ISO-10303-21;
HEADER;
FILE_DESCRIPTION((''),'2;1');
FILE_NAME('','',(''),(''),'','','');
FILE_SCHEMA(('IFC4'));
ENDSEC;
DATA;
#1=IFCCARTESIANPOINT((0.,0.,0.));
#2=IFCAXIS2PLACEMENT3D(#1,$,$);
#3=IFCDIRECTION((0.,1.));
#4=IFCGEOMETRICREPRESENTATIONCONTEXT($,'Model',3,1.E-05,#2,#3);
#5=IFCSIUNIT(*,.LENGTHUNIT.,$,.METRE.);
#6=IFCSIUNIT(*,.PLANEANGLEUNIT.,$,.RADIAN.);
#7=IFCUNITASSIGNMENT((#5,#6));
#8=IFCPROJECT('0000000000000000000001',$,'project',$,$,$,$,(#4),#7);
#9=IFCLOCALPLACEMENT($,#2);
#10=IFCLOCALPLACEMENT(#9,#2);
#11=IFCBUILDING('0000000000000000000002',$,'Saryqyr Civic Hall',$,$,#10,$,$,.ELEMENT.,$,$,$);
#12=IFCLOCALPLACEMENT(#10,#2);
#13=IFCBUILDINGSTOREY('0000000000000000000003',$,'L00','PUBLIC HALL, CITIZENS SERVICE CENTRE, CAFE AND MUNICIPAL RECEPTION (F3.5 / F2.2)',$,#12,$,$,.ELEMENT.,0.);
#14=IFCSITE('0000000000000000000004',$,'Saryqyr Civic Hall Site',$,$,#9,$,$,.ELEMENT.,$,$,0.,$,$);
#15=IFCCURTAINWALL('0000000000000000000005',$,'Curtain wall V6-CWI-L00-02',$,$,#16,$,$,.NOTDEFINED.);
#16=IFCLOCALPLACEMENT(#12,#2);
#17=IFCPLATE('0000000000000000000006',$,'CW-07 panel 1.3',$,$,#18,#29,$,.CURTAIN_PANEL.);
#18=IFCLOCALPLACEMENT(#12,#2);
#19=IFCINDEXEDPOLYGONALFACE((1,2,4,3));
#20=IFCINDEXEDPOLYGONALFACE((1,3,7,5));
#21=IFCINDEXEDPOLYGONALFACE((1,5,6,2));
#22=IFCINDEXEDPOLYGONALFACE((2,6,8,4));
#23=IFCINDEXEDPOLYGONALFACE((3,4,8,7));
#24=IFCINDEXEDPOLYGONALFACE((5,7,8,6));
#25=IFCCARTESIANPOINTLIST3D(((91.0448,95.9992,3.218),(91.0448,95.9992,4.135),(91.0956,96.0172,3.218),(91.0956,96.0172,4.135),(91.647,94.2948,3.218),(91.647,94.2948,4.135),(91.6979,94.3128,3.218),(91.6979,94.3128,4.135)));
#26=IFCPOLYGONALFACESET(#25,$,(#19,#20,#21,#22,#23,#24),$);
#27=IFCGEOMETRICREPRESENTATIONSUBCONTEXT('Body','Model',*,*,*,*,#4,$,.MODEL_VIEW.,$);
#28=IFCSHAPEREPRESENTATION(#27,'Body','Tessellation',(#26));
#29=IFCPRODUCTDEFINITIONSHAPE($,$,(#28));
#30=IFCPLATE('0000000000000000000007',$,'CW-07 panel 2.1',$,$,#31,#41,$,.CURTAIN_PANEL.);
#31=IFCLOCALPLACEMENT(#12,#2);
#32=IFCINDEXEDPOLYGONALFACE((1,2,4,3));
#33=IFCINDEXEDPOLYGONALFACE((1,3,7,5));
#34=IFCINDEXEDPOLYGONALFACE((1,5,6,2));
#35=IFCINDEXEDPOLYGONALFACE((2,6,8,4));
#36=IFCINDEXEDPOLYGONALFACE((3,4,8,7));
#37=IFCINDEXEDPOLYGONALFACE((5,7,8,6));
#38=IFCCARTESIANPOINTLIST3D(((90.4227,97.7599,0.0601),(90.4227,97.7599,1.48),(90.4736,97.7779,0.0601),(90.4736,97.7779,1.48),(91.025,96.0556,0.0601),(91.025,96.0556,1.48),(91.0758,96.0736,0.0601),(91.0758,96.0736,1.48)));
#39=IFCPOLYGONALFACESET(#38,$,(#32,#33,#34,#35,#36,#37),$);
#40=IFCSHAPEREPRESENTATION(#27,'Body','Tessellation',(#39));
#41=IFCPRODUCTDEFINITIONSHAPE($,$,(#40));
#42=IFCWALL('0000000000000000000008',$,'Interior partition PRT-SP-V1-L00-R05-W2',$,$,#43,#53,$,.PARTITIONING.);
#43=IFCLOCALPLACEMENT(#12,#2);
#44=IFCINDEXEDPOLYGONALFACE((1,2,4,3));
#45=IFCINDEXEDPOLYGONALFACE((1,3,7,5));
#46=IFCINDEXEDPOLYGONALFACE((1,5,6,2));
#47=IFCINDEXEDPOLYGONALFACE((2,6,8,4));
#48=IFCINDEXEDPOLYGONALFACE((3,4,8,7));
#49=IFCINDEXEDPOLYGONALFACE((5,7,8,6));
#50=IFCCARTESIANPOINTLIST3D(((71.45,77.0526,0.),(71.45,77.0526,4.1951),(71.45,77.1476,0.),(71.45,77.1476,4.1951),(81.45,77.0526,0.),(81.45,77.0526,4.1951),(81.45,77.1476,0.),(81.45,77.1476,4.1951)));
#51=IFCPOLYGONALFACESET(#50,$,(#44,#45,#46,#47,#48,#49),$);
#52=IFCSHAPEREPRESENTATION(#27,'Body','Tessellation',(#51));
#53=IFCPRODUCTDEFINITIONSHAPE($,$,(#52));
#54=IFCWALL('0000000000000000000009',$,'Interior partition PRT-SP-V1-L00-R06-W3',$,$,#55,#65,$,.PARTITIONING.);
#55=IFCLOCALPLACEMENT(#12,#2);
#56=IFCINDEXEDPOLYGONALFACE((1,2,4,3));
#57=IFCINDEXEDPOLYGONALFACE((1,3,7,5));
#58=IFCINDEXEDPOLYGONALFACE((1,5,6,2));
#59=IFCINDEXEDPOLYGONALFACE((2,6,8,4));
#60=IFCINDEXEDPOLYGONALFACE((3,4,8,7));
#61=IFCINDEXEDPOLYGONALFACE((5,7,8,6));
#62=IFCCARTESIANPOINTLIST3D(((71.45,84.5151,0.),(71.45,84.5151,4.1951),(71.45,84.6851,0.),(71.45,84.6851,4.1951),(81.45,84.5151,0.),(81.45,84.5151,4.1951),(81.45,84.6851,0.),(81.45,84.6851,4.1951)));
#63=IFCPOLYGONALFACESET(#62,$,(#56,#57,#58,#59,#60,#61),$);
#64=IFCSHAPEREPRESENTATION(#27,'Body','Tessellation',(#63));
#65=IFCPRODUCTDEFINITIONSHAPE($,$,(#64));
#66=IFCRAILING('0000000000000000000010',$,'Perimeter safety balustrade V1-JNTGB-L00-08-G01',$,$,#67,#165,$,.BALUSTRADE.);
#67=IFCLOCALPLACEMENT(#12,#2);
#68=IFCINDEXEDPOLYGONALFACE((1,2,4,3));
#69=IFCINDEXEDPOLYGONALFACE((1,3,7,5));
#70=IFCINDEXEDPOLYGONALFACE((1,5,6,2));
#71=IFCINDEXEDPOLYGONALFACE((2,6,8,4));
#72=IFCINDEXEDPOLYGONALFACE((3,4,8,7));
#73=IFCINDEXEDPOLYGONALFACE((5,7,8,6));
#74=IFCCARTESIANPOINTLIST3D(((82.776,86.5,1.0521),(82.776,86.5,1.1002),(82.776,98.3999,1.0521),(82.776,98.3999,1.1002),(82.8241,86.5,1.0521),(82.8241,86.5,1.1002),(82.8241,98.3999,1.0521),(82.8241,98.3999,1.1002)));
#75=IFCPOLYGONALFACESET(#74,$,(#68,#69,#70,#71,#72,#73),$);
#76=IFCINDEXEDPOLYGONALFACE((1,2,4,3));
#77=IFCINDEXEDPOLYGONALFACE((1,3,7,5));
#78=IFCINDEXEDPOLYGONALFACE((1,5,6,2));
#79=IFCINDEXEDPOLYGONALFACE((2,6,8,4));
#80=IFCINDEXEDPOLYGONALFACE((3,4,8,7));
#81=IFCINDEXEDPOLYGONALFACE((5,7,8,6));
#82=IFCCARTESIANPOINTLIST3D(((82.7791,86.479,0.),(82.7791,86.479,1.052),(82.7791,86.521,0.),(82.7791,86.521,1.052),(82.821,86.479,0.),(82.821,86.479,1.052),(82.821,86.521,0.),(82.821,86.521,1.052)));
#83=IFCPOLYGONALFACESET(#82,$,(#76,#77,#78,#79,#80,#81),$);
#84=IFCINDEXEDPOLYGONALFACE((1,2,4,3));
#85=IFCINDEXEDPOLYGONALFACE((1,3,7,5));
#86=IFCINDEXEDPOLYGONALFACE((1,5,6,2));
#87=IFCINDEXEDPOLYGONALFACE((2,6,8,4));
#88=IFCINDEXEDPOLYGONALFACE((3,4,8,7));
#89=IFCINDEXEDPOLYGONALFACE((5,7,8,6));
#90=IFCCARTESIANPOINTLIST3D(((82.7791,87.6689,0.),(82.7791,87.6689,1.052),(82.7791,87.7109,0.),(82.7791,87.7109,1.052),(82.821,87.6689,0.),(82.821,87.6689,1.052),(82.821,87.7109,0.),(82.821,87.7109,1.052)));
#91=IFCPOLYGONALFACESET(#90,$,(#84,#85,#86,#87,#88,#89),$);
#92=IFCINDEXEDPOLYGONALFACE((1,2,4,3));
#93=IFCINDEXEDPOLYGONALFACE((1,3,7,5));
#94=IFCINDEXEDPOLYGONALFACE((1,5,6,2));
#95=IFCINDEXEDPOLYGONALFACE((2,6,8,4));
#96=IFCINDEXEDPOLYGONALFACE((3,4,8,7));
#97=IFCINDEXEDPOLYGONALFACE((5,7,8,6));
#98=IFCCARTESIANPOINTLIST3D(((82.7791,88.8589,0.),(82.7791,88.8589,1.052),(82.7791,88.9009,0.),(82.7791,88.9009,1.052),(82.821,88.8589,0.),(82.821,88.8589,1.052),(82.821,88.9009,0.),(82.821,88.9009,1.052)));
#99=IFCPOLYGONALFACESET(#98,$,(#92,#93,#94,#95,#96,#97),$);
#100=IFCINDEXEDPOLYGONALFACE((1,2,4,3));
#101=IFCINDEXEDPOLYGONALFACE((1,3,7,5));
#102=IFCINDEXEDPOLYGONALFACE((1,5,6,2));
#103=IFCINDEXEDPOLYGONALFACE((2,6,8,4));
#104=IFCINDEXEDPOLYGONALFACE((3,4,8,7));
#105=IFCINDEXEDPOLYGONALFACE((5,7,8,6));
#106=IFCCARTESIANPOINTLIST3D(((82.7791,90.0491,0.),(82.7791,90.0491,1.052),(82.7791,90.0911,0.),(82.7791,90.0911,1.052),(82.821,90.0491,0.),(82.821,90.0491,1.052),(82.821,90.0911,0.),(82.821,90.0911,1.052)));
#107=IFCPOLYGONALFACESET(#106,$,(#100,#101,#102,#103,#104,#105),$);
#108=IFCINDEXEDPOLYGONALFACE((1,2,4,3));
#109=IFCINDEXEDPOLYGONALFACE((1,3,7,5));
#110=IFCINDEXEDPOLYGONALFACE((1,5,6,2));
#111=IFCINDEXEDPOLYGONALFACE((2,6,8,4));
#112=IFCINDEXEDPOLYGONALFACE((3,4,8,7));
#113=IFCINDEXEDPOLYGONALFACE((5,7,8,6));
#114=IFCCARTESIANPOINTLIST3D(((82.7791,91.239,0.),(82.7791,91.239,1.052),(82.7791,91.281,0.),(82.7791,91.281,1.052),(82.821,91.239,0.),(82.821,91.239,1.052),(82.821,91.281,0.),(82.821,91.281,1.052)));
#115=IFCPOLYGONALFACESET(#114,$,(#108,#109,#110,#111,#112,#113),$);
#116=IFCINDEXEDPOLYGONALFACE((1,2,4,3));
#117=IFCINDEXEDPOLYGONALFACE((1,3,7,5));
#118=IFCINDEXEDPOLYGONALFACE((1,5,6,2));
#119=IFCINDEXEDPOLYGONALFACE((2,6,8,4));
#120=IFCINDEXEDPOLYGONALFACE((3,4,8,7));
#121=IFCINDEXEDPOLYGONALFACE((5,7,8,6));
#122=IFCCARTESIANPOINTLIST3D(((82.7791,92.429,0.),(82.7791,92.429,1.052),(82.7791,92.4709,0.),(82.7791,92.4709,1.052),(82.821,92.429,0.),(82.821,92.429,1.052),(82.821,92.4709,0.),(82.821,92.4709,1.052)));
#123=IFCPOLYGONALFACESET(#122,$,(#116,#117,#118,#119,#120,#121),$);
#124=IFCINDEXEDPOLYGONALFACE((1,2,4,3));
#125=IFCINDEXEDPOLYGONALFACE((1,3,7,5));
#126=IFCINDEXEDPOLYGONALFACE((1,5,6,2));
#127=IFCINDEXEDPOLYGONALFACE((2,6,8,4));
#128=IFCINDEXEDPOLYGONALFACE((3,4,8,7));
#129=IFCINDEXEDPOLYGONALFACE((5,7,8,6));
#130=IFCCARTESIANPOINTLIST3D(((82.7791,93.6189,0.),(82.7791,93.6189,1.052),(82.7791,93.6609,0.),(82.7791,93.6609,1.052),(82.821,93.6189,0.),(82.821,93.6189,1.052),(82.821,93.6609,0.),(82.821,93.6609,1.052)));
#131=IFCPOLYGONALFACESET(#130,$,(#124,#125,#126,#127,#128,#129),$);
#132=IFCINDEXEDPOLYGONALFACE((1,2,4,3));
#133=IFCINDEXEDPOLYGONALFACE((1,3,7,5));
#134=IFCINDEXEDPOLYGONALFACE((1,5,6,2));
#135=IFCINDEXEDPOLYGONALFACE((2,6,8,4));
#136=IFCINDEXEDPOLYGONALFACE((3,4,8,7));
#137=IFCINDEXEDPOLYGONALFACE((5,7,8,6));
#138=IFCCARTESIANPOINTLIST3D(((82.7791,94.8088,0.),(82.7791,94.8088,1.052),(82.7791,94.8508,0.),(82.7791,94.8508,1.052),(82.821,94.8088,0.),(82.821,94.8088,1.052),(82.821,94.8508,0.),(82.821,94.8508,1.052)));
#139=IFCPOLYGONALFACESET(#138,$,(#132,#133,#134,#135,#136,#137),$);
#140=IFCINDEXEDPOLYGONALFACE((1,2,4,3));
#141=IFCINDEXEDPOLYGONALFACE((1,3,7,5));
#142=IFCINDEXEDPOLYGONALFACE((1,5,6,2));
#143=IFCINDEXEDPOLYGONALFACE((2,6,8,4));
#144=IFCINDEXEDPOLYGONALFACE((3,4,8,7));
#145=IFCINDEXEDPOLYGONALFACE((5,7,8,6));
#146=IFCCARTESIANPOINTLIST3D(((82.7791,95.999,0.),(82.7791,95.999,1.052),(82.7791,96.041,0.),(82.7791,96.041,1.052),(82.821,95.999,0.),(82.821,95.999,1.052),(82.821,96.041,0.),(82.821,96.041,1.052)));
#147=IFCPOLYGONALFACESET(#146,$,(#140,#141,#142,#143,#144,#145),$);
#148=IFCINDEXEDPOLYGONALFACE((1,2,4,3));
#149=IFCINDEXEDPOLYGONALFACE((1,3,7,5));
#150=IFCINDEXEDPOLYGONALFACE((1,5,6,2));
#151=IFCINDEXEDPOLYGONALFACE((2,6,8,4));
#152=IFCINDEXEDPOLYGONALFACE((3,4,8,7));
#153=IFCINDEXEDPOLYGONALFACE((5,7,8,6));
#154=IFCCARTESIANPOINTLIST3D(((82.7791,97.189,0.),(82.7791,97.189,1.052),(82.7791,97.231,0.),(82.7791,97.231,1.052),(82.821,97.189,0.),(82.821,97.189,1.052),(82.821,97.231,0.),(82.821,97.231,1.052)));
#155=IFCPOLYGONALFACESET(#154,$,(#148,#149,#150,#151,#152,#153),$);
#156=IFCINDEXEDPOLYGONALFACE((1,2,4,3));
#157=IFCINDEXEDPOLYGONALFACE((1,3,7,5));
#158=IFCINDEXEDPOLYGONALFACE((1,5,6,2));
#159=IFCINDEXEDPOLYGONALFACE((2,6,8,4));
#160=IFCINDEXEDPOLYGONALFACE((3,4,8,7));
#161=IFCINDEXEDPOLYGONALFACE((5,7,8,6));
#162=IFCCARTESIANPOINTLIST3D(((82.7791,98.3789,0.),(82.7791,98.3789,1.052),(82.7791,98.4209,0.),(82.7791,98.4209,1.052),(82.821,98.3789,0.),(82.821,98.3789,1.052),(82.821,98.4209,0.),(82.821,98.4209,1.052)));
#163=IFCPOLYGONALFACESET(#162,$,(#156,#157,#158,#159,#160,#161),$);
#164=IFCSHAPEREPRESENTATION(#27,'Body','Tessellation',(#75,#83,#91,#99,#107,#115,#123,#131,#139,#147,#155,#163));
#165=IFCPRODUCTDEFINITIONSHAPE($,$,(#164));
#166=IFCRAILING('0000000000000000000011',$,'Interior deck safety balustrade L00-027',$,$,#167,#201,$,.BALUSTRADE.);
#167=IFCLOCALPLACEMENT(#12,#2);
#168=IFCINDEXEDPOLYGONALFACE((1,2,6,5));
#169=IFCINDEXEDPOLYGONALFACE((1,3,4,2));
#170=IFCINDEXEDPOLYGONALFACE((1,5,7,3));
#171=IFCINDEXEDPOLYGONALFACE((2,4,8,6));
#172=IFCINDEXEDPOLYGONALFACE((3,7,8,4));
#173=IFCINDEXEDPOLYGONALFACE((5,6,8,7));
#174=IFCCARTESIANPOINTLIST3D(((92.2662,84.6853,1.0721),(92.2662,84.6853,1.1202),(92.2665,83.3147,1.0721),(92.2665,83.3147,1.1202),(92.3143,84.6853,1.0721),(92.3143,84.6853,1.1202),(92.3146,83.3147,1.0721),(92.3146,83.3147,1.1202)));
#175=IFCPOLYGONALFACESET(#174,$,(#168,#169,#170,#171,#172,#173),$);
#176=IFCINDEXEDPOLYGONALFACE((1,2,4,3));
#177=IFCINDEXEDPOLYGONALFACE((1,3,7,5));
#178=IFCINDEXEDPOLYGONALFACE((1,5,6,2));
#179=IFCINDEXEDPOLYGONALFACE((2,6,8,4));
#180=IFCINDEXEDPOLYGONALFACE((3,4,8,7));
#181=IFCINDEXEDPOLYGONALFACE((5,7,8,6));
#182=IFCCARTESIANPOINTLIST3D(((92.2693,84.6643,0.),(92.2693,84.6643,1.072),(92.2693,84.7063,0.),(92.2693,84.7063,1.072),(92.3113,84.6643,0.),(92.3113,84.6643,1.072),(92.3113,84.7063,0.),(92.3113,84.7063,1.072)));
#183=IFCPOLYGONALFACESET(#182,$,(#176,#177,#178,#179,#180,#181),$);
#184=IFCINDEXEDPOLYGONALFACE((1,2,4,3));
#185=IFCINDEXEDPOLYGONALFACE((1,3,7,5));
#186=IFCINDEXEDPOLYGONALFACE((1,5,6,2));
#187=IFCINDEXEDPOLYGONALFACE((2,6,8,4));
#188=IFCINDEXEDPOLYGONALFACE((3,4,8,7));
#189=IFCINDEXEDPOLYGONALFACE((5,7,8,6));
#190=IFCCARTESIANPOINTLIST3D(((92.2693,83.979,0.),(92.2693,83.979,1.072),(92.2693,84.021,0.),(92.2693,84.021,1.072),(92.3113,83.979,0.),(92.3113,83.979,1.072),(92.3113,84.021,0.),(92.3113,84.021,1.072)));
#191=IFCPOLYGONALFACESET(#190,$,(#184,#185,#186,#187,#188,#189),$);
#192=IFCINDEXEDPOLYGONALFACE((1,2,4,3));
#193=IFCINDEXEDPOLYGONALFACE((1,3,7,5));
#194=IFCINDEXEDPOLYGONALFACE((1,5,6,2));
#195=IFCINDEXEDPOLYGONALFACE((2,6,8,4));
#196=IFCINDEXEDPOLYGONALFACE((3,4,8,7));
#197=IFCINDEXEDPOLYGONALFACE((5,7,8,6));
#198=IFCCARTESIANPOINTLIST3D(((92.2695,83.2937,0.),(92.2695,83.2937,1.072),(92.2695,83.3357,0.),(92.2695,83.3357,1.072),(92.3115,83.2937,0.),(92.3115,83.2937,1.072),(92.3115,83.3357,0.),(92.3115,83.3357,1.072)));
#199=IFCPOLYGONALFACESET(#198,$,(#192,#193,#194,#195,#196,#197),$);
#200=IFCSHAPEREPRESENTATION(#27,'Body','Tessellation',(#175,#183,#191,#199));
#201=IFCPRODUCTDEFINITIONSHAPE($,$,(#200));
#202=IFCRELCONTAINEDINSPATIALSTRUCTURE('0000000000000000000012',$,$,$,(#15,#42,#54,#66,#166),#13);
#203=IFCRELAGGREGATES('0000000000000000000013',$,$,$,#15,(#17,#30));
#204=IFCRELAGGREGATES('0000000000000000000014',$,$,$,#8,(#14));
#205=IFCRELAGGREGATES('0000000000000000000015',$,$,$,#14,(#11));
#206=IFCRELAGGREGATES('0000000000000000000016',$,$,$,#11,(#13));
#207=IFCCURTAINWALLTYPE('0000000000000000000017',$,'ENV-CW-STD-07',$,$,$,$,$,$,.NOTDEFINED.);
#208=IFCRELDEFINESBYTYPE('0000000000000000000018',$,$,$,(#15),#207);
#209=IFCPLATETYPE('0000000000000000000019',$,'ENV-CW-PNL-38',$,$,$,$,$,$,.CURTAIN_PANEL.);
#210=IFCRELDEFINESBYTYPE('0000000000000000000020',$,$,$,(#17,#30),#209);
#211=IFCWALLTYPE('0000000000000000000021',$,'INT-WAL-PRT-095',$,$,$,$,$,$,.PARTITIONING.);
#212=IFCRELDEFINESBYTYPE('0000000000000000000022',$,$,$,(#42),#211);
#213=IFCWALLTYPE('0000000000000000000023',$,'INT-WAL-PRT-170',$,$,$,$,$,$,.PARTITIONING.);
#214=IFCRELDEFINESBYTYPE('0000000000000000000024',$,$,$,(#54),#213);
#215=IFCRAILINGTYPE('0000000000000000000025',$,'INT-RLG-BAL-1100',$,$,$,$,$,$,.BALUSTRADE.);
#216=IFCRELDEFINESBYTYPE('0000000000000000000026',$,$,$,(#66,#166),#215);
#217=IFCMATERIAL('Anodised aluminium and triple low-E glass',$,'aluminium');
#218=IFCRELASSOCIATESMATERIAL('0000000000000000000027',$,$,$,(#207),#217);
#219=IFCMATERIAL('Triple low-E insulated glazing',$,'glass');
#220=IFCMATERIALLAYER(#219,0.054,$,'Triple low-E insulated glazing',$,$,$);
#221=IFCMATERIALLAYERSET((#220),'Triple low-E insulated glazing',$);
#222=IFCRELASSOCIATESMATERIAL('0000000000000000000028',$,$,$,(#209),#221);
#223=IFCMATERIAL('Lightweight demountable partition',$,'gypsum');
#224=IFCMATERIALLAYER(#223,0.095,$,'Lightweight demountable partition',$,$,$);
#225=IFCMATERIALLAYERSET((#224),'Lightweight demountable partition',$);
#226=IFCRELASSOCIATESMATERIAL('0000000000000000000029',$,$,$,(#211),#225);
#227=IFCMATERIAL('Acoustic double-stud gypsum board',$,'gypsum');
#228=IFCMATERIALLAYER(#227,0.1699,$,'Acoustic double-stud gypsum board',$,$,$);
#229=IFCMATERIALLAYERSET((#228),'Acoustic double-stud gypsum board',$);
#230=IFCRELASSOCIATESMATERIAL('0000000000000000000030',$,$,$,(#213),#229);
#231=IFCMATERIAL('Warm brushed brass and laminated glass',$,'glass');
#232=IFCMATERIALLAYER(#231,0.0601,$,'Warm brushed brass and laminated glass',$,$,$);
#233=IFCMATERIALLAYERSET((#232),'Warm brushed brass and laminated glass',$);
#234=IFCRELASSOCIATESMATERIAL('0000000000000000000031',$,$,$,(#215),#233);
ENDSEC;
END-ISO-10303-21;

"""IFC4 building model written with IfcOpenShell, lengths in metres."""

from ifc_helpers import new_model, si_unit, direction, frame, frame_2d, origin, origin_2d, place, context, subcontext, project, spatial, rectangle, extrude, material, layer, layer_set, type_object, element, aggregate, save


model = new_model("IFC4")

# Units and contexts
model_context = context("Model", 3, precision=1e-05, world=origin(), true_north=direction((0.0, 1.0)))
body_context = subcontext(model_context, "Body", "Model", "MODEL_VIEW")
ifc_project = project(units=[si_unit("LENGTHUNIT", "METRE"), si_unit("PLANEANGLEUNIT", "RADIAN")], contexts=[model_context])

# Site, building, storey
site_placement = place(None, origin())
site = spatial("IfcSite", under=ifc_project, at=site_placement, Name="Saryqyr Civic Hall Site", CompositionType="ELEMENT", RefElevation=0.0)
building_placement = place(site_placement, origin())
building = spatial("IfcBuilding", under=site, at=building_placement, Name="Saryqyr Civic Hall", CompositionType="ELEMENT")
storey_placement = place(building_placement, origin())
storey = spatial("IfcBuildingStorey", under=building, at=storey_placement, Name="L00", Description="PUBLIC HALL, CITIZENS SERVICE CENTRE, CAFE AND MUNICIPAL RECEPTION (F3.5 / F2.2)", CompositionType="ELEMENT", Elevation=0.0)

# Curtain wall
ifc_material_1 = material(Name="Anodised aluminium and triple low-E glass", Category="aluminium")
curtain_wall_type = type_object("IfcCurtainWallType", Name="ENV-CW-STD-07", PredefinedType="NOTDEFINED", material=ifc_material_1)
curtain_wall_1_placement = place(storey_placement, origin())
curtain_wall_1 = element("IfcCurtainWall", 1, at=curtain_wall_1_placement, inside=storey, type_object=curtain_wall_type, Name="Curtain wall V6-CWI-L00-02", PredefinedType="NOTDEFINED")

# Plates
ifc_material_2 = material(Name="Triple low-E insulated glazing", Category="glass")
ifc_layer_1 = layer(ifc_material_2, 0.054, Name="Triple low-E insulated glazing")
ifc_layer_set_1 = layer_set([ifc_layer_1], Name="Triple low-E insulated glazing")
plate_type = type_object("IfcPlateType", Name="ENV-CW-PNL-38", PredefinedType="CURTAIN_PANEL", material=ifc_layer_set_1)
plate_1_placement = place(storey_placement, frame((91.3713, 95.156, 3.218), z_axis=(0.0, 0.0, 1.0), x_axis=(-0.333173, 0.942866, 0.0)))
plate_1 = element("IfcPlate", 2, at=plate_1_placement, type_object=plate_type, Name="CW-07 panel 1.3", PredefinedType="CURTAIN_PANEL", context=body_context, shape_type="SweptSolid", body=[
    extrude(rectangle(XDim=1.8076, YDim=0.054, at=origin_2d()), origin(), (0.0, 0.0, 1.0), 0.917),
])
plate_2_placement = place(storey_placement, frame((90.7493, 96.9167, 0.0601), z_axis=(0.0, 0.0, 1.0), x_axis=(-0.333173, 0.942866, 0.0)))
plate_2 = element("IfcPlate", 3, at=plate_2_placement, type_object=plate_type, Name="CW-07 panel 2.1", PredefinedType="CURTAIN_PANEL", context=body_context, shape_type="SweptSolid", body=[
    extrude(rectangle(XDim=1.8076, YDim=0.054, at=origin_2d()), origin(), (0.0, 0.0, 1.0), 1.4199),
])
aggregate(curtain_wall_1, [plate_1, plate_2])

# Walls
ifc_material_3 = material(Name="Lightweight demountable partition", Category="gypsum")
ifc_layer_2 = layer(ifc_material_3, 0.095, Name="Lightweight demountable partition")
ifc_layer_set_2 = layer_set([ifc_layer_2], Name="Lightweight demountable partition")
wall_type_1 = type_object("IfcWallType", Name="INT-WAL-PRT-095", PredefinedType="PARTITIONING", material=ifc_layer_set_2)
wall_1_placement = place(storey_placement, frame((81.45, 77.1001, 0.0), z_axis=(0.0, 0.0, 1.0), x_axis=(-1.0, 0.0, 0.0)))
element("IfcWall", 4, at=wall_1_placement, inside=storey, type_object=wall_type_1, Name="Interior partition PRT-SP-V1-L00-R05-W2", PredefinedType="PARTITIONING", context=body_context, shape_type="SweptSolid", body=[
    extrude(rectangle(XDim=10.0, YDim=0.095, at=frame_2d((5.0, 0.0))), origin(), (0.0, 0.0, 1.0), 4.1951),
])
ifc_material_4 = material(Name="Acoustic double-stud gypsum board", Category="gypsum")
ifc_layer_3 = layer(ifc_material_4, 0.1699, Name="Acoustic double-stud gypsum board")
ifc_layer_set_3 = layer_set([ifc_layer_3], Name="Acoustic double-stud gypsum board")
wall_type_2 = type_object("IfcWallType", Name="INT-WAL-PRT-170", PredefinedType="PARTITIONING", material=ifc_layer_set_3)
wall_2_placement = place(storey_placement, frame((81.45, 84.6001, 0.0), z_axis=(0.0, 0.0, 1.0), x_axis=(-1.0, 0.0, 0.0)))
element("IfcWall", 5, at=wall_2_placement, inside=storey, type_object=wall_type_2, Name="Interior partition PRT-SP-V1-L00-R06-W3", PredefinedType="PARTITIONING", context=body_context, shape_type="SweptSolid", body=[
    extrude(rectangle(XDim=10.0, YDim=0.1699, at=frame_2d((5.0, 0.0))), origin(), (0.0, 0.0, 1.0), 4.1951),
])

# Railings
ifc_material_5 = material(Name="Warm brushed brass and laminated glass", Category="glass")
ifc_layer_4 = layer(ifc_material_5, 0.0601, Name="Warm brushed brass and laminated glass")
ifc_layer_set_4 = layer_set([ifc_layer_4], Name="Warm brushed brass and laminated glass")
railing_type = type_object("IfcRailingType", Name="INT-RLG-BAL-1100", PredefinedType="BALUSTRADE", material=ifc_layer_set_4)
railing_1_placement = place(storey_placement, frame((82.8, 86.5, 0.0)))
element("IfcRailing", 6, at=railing_1_placement, inside=storey, type_object=railing_type, Name="Perimeter safety balustrade V1-JNTGB-L00-08-G01", PredefinedType="BALUSTRADE", context=body_context, shape_type="SweptSolid", body=[
    extrude(rectangle(XDim=0.0481, YDim=0.0481, at=origin_2d()), frame((0.0, 0.0, 1.0762), z_axis=(0.0, 1.0, 0.0), x_axis=(-1.0, 0.0, 0.0)), (0.0, 0.0, 1.0), 11.8999),
    extrude(rectangle(XDim=0.042, YDim=0.042, at=origin_2d()), origin(), (0.0, 0.0, 1.0), 1.052),
    extrude(rectangle(XDim=0.042, YDim=0.042, at=origin_2d()), frame((0.0, 1.1899, 0.0)), (0.0, 0.0, 1.0), 1.052),
    extrude(rectangle(XDim=0.042, YDim=0.042, at=origin_2d()), frame((0.0, 2.3799, 0.0)), (0.0, 0.0, 1.0), 1.052),
    extrude(rectangle(XDim=0.042, YDim=0.042, at=origin_2d()), frame((0.0, 3.5701, 0.0)), (0.0, 0.0, 1.0), 1.052),
    extrude(rectangle(XDim=0.042, YDim=0.042, at=origin_2d()), frame((0.0, 4.76, 0.0)), (0.0, 0.0, 1.0), 1.052),
    extrude(rectangle(XDim=0.042, YDim=0.042, at=origin_2d()), frame((0.0, 5.95, 0.0)), (0.0, 0.0, 1.0), 1.052),
    extrude(rectangle(XDim=0.042, YDim=0.042, at=origin_2d()), frame((0.0, 7.1399, 0.0)), (0.0, 0.0, 1.0), 1.052),
    extrude(rectangle(XDim=0.042, YDim=0.042, at=origin_2d()), frame((0.0, 8.3298, 0.0)), (0.0, 0.0, 1.0), 1.052),
    extrude(rectangle(XDim=0.042, YDim=0.042, at=origin_2d()), frame((0.0, 9.52, 0.0)), (0.0, 0.0, 1.0), 1.052),
    extrude(rectangle(XDim=0.042, YDim=0.042, at=origin_2d()), frame((0.0, 10.71, 0.0)), (0.0, 0.0, 1.0), 1.052),
    extrude(rectangle(XDim=0.042, YDim=0.042, at=origin_2d()), frame((0.0, 11.8999, 0.0)), (0.0, 0.0, 1.0), 1.052),
])
railing_2_placement = place(storey_placement, frame((92.2903, 84.6853, 0.0)))
element("IfcRailing", 7, at=railing_2_placement, inside=storey, type_object=railing_type, Name="Interior deck safety balustrade L00-027", PredefinedType="BALUSTRADE", context=body_context, shape_type="SweptSolid", body=[
    extrude(rectangle(XDim=0.0481, YDim=0.0481, at=origin_2d()), frame((0.0, 0.0, 1.0962), z_axis=(0.000178, -1.0, 0.0), x_axis=(1.0, 0.000178, 0.0)), (0.0, 0.0, 1.0), 1.3706),
    extrude(rectangle(XDim=0.042, YDim=0.042, at=origin_2d()), origin(), (0.0, 0.0, 1.0), 1.072),
    extrude(rectangle(XDim=0.042, YDim=0.042, at=origin_2d()), frame((0.0, -0.6853, 0.0)), (0.0, 0.0, 1.0), 1.072),
    extrude(rectangle(XDim=0.042, YDim=0.042, at=origin_2d()), frame((0.0002, -1.3706, 0.0)), (0.0, 0.0, 1.0), 1.072),
])

save(model, "model.ifc")
